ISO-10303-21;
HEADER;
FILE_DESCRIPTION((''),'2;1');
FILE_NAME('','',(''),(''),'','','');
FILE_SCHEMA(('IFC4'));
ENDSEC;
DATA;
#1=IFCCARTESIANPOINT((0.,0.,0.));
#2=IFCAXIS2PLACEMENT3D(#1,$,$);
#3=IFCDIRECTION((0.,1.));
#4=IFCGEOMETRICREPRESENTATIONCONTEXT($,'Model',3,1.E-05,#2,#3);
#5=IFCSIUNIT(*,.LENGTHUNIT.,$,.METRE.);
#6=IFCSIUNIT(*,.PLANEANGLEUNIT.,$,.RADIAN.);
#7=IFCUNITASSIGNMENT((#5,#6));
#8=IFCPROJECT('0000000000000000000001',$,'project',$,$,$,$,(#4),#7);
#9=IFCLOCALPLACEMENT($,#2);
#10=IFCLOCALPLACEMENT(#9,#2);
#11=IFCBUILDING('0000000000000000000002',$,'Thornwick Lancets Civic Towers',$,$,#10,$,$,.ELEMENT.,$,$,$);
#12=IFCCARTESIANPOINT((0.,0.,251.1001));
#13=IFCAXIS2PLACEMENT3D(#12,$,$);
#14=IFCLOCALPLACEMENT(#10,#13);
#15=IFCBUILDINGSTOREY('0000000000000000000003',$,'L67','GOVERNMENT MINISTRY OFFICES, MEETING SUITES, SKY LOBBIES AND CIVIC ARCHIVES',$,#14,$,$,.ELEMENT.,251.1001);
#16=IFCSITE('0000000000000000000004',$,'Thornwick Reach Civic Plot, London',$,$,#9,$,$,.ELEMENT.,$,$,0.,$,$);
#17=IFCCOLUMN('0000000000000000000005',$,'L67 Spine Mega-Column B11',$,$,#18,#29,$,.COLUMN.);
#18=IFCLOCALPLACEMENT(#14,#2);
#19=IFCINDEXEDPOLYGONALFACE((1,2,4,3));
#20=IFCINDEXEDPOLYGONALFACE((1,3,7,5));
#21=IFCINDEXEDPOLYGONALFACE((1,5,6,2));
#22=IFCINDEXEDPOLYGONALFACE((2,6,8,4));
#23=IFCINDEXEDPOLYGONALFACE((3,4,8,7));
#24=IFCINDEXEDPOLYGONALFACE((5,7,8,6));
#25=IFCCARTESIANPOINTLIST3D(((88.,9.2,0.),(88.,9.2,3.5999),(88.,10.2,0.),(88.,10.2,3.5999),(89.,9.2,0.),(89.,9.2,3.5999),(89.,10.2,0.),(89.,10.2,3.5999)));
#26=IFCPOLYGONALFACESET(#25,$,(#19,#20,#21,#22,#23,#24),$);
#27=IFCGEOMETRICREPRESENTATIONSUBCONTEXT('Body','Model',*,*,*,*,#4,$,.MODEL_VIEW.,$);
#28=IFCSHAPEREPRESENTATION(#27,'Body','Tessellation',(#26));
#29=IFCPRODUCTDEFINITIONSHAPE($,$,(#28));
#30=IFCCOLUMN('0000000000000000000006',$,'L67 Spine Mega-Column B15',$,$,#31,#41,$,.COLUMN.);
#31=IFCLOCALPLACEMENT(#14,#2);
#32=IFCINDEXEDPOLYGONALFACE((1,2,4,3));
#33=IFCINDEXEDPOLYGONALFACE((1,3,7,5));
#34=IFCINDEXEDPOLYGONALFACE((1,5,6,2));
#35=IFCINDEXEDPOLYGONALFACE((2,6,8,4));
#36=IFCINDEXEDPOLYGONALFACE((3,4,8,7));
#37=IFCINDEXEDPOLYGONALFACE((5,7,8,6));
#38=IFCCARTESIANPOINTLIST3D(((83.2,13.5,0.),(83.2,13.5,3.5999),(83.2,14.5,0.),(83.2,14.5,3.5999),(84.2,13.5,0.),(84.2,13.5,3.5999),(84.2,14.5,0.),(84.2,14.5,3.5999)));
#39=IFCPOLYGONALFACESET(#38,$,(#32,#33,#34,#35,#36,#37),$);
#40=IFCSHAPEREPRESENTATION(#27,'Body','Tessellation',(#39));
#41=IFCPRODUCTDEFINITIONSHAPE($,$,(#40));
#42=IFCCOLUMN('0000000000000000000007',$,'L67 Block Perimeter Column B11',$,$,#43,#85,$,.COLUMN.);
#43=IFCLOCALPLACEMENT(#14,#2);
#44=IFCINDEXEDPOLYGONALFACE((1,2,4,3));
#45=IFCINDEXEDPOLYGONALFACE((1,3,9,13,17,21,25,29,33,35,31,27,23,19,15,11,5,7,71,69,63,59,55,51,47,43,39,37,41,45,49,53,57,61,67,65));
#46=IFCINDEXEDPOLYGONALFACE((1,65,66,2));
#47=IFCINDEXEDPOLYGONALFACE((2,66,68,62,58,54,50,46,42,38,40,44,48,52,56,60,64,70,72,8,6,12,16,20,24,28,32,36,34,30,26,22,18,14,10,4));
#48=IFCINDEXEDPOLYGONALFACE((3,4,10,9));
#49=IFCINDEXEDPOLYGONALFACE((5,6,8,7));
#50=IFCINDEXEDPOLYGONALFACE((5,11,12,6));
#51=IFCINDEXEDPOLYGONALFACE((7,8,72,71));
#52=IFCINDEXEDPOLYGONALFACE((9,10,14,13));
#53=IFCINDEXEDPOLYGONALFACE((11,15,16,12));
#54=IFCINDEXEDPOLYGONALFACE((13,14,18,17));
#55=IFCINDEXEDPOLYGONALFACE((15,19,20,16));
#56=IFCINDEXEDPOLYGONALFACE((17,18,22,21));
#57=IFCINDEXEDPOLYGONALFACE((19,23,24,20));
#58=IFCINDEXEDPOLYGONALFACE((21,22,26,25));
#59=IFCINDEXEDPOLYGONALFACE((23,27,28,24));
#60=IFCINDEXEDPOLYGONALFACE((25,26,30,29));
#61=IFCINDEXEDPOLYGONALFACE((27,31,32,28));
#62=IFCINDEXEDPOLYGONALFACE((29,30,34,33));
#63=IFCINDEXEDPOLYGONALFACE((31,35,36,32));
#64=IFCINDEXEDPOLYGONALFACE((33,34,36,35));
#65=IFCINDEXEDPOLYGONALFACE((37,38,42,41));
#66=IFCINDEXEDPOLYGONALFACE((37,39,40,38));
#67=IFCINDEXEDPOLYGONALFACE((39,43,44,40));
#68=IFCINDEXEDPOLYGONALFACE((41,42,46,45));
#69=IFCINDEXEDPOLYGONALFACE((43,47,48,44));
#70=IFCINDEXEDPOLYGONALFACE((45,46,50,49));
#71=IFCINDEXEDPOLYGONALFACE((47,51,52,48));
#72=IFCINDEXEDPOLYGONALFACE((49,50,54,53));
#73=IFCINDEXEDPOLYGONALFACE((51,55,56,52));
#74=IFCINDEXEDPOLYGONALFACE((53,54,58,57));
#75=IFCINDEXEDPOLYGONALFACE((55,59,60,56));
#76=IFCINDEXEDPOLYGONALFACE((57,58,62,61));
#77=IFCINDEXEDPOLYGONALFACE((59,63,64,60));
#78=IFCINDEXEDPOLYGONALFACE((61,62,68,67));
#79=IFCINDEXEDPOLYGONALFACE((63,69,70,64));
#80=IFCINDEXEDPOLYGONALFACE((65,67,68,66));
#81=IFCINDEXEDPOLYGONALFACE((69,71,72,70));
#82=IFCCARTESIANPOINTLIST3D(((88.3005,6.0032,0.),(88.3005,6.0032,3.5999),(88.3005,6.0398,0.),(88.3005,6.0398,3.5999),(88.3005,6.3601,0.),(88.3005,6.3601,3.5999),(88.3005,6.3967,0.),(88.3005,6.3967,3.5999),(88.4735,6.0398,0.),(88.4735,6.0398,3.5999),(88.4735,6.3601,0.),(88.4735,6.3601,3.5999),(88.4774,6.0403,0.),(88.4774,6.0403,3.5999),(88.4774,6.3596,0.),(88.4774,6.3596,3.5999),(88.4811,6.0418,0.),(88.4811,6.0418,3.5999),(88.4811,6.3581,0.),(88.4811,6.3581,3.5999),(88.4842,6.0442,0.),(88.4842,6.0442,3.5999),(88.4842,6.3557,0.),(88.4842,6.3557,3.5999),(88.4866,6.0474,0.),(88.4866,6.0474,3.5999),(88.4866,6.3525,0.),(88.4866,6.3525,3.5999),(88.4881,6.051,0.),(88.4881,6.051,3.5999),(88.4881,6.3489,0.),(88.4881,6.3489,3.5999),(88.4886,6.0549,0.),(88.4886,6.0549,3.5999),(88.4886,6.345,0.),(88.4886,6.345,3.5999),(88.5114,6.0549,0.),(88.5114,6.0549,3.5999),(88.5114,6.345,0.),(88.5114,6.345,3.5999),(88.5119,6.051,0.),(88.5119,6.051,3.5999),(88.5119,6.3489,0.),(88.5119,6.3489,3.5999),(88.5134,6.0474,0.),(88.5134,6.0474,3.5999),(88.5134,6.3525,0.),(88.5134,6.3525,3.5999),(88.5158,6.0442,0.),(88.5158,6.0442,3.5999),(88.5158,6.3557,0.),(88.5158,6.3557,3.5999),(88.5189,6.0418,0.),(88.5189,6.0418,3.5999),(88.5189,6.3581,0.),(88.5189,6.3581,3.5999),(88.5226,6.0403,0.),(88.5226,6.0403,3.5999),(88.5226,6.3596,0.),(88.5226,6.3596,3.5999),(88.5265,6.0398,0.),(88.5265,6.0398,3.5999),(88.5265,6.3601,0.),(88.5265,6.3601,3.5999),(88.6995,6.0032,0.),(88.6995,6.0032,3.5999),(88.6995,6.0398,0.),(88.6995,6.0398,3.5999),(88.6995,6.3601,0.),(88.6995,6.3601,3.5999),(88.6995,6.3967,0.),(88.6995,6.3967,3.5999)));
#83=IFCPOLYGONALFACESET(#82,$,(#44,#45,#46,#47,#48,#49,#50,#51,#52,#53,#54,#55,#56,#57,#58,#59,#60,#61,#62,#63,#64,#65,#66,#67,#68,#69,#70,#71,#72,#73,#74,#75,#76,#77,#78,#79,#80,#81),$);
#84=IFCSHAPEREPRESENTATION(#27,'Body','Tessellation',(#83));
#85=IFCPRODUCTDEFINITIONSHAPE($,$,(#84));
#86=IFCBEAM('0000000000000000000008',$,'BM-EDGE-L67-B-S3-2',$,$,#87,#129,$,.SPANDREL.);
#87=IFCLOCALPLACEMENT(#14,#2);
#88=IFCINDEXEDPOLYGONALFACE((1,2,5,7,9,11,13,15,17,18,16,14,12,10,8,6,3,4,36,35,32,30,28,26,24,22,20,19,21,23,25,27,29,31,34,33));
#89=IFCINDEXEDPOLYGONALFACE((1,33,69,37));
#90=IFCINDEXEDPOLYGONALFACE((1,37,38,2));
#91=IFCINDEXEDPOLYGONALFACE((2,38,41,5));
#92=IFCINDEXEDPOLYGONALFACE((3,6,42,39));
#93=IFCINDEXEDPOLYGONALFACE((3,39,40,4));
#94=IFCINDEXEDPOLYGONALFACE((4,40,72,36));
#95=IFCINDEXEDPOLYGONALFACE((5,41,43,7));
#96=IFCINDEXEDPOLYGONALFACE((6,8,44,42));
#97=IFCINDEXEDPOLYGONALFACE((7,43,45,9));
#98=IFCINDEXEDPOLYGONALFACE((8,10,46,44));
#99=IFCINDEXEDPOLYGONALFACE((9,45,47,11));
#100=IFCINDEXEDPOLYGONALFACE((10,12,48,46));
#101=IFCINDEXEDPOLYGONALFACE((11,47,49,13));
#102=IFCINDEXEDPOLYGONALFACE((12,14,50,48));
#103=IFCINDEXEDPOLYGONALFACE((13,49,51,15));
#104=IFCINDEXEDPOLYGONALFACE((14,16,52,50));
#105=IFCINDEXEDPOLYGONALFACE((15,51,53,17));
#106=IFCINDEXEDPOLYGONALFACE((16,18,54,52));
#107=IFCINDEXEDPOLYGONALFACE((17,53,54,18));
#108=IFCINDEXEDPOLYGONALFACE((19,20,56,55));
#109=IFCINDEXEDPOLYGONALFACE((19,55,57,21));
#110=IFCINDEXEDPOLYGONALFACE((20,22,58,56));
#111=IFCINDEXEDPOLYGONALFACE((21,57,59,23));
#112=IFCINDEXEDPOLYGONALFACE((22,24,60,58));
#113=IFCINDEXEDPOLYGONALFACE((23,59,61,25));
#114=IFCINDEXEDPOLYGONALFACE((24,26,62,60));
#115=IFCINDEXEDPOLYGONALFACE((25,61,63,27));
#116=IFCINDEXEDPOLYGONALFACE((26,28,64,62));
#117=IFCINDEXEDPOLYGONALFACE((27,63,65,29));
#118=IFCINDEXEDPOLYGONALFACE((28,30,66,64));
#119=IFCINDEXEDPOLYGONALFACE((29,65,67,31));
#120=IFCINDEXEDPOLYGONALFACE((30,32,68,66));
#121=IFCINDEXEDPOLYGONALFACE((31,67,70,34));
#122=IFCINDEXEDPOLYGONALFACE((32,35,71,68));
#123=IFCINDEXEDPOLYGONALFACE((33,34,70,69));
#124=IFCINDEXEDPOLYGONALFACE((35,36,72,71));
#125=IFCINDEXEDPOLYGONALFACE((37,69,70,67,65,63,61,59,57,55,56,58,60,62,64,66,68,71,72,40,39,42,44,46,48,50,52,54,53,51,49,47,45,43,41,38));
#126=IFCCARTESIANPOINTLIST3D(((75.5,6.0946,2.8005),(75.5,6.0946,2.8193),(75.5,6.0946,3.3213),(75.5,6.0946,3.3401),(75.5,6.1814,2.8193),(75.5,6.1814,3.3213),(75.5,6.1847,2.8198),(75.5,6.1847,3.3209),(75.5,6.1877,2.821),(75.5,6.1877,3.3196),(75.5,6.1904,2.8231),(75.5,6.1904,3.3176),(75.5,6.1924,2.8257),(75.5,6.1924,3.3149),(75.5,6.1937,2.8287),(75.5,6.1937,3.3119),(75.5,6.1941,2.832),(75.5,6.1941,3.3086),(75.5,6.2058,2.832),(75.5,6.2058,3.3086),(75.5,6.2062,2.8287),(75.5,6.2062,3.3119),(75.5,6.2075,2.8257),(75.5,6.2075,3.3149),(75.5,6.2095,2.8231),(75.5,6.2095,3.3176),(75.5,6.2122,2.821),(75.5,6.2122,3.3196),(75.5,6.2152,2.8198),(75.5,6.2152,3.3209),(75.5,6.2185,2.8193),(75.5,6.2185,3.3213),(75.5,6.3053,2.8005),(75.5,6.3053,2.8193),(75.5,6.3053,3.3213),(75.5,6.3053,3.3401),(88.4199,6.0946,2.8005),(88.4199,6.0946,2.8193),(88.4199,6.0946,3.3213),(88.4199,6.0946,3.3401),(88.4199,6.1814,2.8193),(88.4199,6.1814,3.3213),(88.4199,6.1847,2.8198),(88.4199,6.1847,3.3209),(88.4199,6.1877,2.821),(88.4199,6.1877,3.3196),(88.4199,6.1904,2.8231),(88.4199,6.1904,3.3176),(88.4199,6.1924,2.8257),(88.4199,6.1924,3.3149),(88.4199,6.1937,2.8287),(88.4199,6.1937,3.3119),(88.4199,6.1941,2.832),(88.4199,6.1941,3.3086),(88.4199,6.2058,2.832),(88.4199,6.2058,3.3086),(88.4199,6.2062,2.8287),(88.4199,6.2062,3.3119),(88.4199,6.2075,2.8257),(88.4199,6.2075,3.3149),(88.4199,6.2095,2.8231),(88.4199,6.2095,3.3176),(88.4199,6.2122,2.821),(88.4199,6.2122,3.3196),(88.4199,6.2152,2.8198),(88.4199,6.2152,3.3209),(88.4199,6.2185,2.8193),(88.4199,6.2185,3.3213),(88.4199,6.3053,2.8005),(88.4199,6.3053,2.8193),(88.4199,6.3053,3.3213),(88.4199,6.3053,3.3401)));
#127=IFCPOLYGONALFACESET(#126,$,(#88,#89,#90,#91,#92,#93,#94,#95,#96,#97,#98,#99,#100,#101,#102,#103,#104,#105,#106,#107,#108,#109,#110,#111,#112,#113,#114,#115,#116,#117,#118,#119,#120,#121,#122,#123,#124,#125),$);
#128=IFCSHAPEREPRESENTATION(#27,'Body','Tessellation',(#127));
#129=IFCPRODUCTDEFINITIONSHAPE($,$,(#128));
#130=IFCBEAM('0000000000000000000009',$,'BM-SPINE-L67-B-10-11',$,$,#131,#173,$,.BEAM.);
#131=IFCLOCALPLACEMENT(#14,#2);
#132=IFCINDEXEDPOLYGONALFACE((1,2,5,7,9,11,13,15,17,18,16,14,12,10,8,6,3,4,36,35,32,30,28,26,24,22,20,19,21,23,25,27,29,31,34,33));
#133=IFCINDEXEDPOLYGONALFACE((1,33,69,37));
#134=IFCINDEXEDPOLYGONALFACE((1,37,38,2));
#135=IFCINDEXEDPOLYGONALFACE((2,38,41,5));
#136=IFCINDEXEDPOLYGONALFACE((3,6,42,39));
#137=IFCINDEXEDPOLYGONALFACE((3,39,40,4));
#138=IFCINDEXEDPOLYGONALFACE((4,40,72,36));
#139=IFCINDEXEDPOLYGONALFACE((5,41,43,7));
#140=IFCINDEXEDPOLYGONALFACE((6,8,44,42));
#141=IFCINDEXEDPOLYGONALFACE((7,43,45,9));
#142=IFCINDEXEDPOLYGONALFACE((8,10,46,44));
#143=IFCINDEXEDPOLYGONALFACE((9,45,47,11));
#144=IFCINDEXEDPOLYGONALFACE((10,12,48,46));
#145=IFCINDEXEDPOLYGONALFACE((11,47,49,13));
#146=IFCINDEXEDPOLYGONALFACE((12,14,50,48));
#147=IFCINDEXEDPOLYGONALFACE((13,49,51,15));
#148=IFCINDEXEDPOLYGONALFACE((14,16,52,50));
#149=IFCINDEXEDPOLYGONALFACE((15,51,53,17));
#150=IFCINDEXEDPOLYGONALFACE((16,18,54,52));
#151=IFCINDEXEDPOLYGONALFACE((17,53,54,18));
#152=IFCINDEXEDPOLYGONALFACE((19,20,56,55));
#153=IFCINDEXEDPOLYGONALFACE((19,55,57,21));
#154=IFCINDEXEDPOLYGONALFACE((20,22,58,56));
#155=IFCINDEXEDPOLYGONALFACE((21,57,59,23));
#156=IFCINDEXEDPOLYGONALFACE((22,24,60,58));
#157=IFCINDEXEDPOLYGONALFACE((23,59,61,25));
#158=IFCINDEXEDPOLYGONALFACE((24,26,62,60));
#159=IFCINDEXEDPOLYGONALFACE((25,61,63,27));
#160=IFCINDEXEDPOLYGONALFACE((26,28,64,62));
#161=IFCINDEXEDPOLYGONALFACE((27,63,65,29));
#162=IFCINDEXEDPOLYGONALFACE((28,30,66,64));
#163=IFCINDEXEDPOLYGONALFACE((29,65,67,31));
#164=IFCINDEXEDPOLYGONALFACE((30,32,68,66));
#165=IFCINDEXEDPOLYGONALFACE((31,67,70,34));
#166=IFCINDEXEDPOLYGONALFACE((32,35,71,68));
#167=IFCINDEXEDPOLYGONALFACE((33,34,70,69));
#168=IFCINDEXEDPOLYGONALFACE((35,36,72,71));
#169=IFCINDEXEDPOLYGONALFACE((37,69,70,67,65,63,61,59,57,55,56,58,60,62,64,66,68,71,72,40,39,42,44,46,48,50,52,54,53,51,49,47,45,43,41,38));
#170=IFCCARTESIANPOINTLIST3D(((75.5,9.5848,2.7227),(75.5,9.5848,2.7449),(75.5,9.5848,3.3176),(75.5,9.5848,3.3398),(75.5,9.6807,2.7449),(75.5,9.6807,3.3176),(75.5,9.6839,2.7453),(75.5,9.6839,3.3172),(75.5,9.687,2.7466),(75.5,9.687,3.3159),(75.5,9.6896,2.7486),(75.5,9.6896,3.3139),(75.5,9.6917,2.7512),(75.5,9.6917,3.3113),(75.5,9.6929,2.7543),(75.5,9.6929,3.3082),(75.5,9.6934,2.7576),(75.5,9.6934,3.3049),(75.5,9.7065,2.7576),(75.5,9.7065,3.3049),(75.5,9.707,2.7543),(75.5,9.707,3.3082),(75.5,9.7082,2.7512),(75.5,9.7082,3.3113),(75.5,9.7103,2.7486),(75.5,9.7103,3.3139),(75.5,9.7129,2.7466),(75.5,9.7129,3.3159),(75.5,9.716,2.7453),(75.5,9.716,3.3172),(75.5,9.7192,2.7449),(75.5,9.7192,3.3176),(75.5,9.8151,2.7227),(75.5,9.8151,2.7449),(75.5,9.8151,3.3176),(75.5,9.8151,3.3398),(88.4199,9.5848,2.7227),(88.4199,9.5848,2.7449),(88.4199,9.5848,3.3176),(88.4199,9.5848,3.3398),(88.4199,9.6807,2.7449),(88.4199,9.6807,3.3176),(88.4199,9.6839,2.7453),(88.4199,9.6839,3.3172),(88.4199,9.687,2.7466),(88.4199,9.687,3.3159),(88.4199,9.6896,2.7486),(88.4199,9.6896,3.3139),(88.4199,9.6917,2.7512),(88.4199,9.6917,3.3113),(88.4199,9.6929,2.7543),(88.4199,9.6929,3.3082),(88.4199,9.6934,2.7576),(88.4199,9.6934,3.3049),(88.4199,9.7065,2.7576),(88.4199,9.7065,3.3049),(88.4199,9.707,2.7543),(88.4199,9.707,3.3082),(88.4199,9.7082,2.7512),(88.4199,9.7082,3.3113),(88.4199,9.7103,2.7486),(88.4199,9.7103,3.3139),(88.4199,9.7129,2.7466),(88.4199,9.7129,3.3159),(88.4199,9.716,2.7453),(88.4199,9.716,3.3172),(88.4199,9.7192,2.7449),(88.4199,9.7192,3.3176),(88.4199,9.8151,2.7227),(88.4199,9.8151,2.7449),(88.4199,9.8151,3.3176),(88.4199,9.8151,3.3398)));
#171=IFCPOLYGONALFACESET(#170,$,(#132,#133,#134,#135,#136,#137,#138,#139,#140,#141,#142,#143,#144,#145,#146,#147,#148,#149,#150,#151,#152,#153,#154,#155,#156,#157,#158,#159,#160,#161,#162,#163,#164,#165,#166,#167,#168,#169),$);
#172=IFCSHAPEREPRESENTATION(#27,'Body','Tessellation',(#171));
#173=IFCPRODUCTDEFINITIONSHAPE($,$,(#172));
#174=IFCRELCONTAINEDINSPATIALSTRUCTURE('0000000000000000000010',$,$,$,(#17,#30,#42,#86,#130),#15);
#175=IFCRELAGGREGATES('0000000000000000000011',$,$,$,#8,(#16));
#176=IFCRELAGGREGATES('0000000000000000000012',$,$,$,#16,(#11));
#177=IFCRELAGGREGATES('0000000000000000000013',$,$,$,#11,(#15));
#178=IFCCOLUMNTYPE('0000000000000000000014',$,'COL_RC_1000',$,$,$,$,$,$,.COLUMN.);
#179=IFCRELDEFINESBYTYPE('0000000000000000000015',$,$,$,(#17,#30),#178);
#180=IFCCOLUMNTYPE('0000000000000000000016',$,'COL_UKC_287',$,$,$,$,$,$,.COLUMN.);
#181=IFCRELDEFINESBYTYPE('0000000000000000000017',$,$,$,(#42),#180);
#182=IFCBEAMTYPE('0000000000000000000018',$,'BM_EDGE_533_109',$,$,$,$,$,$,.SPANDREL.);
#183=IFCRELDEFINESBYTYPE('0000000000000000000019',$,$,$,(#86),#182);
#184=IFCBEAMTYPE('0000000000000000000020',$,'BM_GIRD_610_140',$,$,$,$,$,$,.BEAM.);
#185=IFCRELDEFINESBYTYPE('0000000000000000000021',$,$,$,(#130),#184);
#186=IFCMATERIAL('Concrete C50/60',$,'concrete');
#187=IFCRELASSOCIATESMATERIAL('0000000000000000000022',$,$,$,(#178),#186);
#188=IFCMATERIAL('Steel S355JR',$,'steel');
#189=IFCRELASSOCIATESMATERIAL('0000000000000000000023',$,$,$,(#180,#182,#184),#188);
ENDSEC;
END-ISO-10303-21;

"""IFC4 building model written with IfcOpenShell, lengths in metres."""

from ifc_helpers import new_model, si_unit, direction, frame, origin, origin_2d, place, context, subcontext, project, spatial, rectangle, i_section, extrude, material, material_profile, profile_set, type_object, element, save


model = new_model("IFC4")

# Units and contexts
model_context = context("Model", 3, precision=1e-05, world=origin(), true_north=direction((0.0, 1.0)))
body_context = subcontext(model_context, "Body", "Model", "MODEL_VIEW")
ifc_project = project(units=[si_unit("LENGTHUNIT", "METRE"), si_unit("PLANEANGLEUNIT", "RADIAN")], contexts=[model_context])

# Site, building, storey
site_placement = place(None, origin())
site = spatial("IfcSite", under=ifc_project, at=site_placement, Name="Thornwick Reach Civic Plot, London", CompositionType="ELEMENT", RefElevation=0.0)
building_placement = place(site_placement, origin())
building = spatial("IfcBuilding", under=site, at=building_placement, Name="Thornwick Lancets Civic Towers", CompositionType="ELEMENT")
storey_placement = place(building_placement, frame((0.0, 0.0, 251.1001)))
storey = spatial("IfcBuildingStorey", under=building, at=storey_placement, Name="L67", Description="GOVERNMENT MINISTRY OFFICES, MEETING SUITES, SKY LOBBIES AND CIVIC ARCHIVES", CompositionType="ELEMENT", Elevation=251.1001)

# Columns
ifc_material_1 = material(Name="Concrete C50/60", Category="concrete")
ifc_material_profile_1 = material_profile(ifc_material_1, rectangle(XDim=1.0, YDim=1.0, at=origin_2d()), Name="RC 1000x1000")
ifc_profile_set_1 = profile_set([ifc_material_profile_1], Name="Concrete C50/60")
column_type_1 = type_object("IfcColumnType", Name="COL_RC_1000", PredefinedType="COLUMN", material=ifc_profile_set_1)
for number, where, z_axis, x_axis, name in (
    (1, (88.5, 9.7, 0.0), (0.0, 0.0, 1.0), (1.0, 0.0, 0.0), "L67 Spine Mega-Column B11"),
    (2, (83.7, 14.0, 0.0), (0.0, 0.0, 1.0), (1.0, 0.0, 0.0), "L67 Spine Mega-Column B15"),
):
    element("IfcColumn", number, at=place(storey_placement, frame(where, z_axis=z_axis, x_axis=x_axis)), inside=storey, type_object=column_type_1, Name=name, PredefinedType="COLUMN", context=body_context, shape_type="SweptSolid", body=[
        extrude(rectangle(XDim=1.0, YDim=1.0, at=origin_2d()), origin(), (0.0, 0.0, 1.0), 3.5999),
    ])
ifc_material_2 = material(Name="Steel S355JR", Category="steel")
ifc_material_profile_2 = material_profile(ifc_material_2, i_section(OverallWidth=0.3989, OverallDepth=0.3936, WebThickness=0.0227, FlangeThickness=0.0366, FilletRadius=0.0151, at=origin_2d()), Name="UKC 356x406x287")
ifc_profile_set_2 = profile_set([ifc_material_profile_2], Name="Steel S355JR")
column_type_2 = type_object("IfcColumnType", Name="COL_UKC_287", PredefinedType="COLUMN", material=ifc_profile_set_2)
column_placement = place(storey_placement, frame((88.5, 6.2, 0.0), z_axis=(0.0, 0.0, 1.0), x_axis=(1.0, 0.0, 0.0)))
element("IfcColumn", 3, at=column_placement, inside=storey, type_object=column_type_2, Name="L67 Block Perimeter Column B11", PredefinedType="COLUMN", context=body_context, shape_type="SweptSolid", body=[
    extrude(i_section(OverallWidth=0.3989, OverallDepth=0.3936, WebThickness=0.0227, FlangeThickness=0.0366, FilletRadius=0.0151, at=origin_2d()), origin(), (0.0, 0.0, 1.0), 3.5999),
])

# Beams
ifc_material_profile_3 = material_profile(ifc_material_2, i_section(OverallWidth=0.2107, OverallDepth=0.5396, WebThickness=0.0117, FlangeThickness=0.0188, FilletRadius=0.0127, at=origin_2d()), Name="UKB 533x210x109")
ifc_profile_set_3 = profile_set([ifc_material_profile_3], Name="Steel S355JR")
beam_type_1 = type_object("IfcBeamType", Name="BM_EDGE_533_109", PredefinedType="SPANDREL", material=ifc_profile_set_3)
beam_1_placement = place(storey_placement, frame((88.4199, 6.2, 3.0703), z_axis=(-1.0, 0.0, 0.0), x_axis=(0.0, -1.0, 0.0)))
element("IfcBeam", 4, at=beam_1_placement, inside=storey, type_object=beam_type_1, Name="BM-EDGE-L67-B-S3-2", PredefinedType="SPANDREL", context=body_context, shape_type="SweptSolid", body=[
    extrude(i_section(OverallWidth=0.2107, OverallDepth=0.5396, WebThickness=0.0117, FlangeThickness=0.0188, FilletRadius=0.0127, at=origin_2d()), origin(), (0.0, 0.0, 1.0), 12.9199),
])
ifc_material_profile_4 = material_profile(ifc_material_2, i_section(OverallWidth=0.2302, OverallDepth=0.6172, WebThickness=0.0132, FlangeThickness=0.0222, FilletRadius=0.0127, at=origin_2d()), Name="UKB 610x229x140")
ifc_profile_set_4 = profile_set([ifc_material_profile_4], Name="Steel S355JR")
beam_type_2 = type_object("IfcBeamType", Name="BM_GIRD_610_140", PredefinedType="BEAM", material=ifc_profile_set_4)
beam_2_placement = place(storey_placement, frame((88.4199, 9.7, 3.0312), z_axis=(-1.0, 0.0, 0.0), x_axis=(0.0, -1.0, 0.0)))
element("IfcBeam", 5, at=beam_2_placement, inside=storey, type_object=beam_type_2, Name="BM-SPINE-L67-B-10-11", PredefinedType="BEAM", context=body_context, shape_type="SweptSolid", body=[
    extrude(i_section(OverallWidth=0.2302, OverallDepth=0.6172, WebThickness=0.0132, FlangeThickness=0.0222, FilletRadius=0.0127, at=origin_2d()), origin(), (0.0, 0.0, 1.0), 12.9199),
])

save(model, "model.ifc")
